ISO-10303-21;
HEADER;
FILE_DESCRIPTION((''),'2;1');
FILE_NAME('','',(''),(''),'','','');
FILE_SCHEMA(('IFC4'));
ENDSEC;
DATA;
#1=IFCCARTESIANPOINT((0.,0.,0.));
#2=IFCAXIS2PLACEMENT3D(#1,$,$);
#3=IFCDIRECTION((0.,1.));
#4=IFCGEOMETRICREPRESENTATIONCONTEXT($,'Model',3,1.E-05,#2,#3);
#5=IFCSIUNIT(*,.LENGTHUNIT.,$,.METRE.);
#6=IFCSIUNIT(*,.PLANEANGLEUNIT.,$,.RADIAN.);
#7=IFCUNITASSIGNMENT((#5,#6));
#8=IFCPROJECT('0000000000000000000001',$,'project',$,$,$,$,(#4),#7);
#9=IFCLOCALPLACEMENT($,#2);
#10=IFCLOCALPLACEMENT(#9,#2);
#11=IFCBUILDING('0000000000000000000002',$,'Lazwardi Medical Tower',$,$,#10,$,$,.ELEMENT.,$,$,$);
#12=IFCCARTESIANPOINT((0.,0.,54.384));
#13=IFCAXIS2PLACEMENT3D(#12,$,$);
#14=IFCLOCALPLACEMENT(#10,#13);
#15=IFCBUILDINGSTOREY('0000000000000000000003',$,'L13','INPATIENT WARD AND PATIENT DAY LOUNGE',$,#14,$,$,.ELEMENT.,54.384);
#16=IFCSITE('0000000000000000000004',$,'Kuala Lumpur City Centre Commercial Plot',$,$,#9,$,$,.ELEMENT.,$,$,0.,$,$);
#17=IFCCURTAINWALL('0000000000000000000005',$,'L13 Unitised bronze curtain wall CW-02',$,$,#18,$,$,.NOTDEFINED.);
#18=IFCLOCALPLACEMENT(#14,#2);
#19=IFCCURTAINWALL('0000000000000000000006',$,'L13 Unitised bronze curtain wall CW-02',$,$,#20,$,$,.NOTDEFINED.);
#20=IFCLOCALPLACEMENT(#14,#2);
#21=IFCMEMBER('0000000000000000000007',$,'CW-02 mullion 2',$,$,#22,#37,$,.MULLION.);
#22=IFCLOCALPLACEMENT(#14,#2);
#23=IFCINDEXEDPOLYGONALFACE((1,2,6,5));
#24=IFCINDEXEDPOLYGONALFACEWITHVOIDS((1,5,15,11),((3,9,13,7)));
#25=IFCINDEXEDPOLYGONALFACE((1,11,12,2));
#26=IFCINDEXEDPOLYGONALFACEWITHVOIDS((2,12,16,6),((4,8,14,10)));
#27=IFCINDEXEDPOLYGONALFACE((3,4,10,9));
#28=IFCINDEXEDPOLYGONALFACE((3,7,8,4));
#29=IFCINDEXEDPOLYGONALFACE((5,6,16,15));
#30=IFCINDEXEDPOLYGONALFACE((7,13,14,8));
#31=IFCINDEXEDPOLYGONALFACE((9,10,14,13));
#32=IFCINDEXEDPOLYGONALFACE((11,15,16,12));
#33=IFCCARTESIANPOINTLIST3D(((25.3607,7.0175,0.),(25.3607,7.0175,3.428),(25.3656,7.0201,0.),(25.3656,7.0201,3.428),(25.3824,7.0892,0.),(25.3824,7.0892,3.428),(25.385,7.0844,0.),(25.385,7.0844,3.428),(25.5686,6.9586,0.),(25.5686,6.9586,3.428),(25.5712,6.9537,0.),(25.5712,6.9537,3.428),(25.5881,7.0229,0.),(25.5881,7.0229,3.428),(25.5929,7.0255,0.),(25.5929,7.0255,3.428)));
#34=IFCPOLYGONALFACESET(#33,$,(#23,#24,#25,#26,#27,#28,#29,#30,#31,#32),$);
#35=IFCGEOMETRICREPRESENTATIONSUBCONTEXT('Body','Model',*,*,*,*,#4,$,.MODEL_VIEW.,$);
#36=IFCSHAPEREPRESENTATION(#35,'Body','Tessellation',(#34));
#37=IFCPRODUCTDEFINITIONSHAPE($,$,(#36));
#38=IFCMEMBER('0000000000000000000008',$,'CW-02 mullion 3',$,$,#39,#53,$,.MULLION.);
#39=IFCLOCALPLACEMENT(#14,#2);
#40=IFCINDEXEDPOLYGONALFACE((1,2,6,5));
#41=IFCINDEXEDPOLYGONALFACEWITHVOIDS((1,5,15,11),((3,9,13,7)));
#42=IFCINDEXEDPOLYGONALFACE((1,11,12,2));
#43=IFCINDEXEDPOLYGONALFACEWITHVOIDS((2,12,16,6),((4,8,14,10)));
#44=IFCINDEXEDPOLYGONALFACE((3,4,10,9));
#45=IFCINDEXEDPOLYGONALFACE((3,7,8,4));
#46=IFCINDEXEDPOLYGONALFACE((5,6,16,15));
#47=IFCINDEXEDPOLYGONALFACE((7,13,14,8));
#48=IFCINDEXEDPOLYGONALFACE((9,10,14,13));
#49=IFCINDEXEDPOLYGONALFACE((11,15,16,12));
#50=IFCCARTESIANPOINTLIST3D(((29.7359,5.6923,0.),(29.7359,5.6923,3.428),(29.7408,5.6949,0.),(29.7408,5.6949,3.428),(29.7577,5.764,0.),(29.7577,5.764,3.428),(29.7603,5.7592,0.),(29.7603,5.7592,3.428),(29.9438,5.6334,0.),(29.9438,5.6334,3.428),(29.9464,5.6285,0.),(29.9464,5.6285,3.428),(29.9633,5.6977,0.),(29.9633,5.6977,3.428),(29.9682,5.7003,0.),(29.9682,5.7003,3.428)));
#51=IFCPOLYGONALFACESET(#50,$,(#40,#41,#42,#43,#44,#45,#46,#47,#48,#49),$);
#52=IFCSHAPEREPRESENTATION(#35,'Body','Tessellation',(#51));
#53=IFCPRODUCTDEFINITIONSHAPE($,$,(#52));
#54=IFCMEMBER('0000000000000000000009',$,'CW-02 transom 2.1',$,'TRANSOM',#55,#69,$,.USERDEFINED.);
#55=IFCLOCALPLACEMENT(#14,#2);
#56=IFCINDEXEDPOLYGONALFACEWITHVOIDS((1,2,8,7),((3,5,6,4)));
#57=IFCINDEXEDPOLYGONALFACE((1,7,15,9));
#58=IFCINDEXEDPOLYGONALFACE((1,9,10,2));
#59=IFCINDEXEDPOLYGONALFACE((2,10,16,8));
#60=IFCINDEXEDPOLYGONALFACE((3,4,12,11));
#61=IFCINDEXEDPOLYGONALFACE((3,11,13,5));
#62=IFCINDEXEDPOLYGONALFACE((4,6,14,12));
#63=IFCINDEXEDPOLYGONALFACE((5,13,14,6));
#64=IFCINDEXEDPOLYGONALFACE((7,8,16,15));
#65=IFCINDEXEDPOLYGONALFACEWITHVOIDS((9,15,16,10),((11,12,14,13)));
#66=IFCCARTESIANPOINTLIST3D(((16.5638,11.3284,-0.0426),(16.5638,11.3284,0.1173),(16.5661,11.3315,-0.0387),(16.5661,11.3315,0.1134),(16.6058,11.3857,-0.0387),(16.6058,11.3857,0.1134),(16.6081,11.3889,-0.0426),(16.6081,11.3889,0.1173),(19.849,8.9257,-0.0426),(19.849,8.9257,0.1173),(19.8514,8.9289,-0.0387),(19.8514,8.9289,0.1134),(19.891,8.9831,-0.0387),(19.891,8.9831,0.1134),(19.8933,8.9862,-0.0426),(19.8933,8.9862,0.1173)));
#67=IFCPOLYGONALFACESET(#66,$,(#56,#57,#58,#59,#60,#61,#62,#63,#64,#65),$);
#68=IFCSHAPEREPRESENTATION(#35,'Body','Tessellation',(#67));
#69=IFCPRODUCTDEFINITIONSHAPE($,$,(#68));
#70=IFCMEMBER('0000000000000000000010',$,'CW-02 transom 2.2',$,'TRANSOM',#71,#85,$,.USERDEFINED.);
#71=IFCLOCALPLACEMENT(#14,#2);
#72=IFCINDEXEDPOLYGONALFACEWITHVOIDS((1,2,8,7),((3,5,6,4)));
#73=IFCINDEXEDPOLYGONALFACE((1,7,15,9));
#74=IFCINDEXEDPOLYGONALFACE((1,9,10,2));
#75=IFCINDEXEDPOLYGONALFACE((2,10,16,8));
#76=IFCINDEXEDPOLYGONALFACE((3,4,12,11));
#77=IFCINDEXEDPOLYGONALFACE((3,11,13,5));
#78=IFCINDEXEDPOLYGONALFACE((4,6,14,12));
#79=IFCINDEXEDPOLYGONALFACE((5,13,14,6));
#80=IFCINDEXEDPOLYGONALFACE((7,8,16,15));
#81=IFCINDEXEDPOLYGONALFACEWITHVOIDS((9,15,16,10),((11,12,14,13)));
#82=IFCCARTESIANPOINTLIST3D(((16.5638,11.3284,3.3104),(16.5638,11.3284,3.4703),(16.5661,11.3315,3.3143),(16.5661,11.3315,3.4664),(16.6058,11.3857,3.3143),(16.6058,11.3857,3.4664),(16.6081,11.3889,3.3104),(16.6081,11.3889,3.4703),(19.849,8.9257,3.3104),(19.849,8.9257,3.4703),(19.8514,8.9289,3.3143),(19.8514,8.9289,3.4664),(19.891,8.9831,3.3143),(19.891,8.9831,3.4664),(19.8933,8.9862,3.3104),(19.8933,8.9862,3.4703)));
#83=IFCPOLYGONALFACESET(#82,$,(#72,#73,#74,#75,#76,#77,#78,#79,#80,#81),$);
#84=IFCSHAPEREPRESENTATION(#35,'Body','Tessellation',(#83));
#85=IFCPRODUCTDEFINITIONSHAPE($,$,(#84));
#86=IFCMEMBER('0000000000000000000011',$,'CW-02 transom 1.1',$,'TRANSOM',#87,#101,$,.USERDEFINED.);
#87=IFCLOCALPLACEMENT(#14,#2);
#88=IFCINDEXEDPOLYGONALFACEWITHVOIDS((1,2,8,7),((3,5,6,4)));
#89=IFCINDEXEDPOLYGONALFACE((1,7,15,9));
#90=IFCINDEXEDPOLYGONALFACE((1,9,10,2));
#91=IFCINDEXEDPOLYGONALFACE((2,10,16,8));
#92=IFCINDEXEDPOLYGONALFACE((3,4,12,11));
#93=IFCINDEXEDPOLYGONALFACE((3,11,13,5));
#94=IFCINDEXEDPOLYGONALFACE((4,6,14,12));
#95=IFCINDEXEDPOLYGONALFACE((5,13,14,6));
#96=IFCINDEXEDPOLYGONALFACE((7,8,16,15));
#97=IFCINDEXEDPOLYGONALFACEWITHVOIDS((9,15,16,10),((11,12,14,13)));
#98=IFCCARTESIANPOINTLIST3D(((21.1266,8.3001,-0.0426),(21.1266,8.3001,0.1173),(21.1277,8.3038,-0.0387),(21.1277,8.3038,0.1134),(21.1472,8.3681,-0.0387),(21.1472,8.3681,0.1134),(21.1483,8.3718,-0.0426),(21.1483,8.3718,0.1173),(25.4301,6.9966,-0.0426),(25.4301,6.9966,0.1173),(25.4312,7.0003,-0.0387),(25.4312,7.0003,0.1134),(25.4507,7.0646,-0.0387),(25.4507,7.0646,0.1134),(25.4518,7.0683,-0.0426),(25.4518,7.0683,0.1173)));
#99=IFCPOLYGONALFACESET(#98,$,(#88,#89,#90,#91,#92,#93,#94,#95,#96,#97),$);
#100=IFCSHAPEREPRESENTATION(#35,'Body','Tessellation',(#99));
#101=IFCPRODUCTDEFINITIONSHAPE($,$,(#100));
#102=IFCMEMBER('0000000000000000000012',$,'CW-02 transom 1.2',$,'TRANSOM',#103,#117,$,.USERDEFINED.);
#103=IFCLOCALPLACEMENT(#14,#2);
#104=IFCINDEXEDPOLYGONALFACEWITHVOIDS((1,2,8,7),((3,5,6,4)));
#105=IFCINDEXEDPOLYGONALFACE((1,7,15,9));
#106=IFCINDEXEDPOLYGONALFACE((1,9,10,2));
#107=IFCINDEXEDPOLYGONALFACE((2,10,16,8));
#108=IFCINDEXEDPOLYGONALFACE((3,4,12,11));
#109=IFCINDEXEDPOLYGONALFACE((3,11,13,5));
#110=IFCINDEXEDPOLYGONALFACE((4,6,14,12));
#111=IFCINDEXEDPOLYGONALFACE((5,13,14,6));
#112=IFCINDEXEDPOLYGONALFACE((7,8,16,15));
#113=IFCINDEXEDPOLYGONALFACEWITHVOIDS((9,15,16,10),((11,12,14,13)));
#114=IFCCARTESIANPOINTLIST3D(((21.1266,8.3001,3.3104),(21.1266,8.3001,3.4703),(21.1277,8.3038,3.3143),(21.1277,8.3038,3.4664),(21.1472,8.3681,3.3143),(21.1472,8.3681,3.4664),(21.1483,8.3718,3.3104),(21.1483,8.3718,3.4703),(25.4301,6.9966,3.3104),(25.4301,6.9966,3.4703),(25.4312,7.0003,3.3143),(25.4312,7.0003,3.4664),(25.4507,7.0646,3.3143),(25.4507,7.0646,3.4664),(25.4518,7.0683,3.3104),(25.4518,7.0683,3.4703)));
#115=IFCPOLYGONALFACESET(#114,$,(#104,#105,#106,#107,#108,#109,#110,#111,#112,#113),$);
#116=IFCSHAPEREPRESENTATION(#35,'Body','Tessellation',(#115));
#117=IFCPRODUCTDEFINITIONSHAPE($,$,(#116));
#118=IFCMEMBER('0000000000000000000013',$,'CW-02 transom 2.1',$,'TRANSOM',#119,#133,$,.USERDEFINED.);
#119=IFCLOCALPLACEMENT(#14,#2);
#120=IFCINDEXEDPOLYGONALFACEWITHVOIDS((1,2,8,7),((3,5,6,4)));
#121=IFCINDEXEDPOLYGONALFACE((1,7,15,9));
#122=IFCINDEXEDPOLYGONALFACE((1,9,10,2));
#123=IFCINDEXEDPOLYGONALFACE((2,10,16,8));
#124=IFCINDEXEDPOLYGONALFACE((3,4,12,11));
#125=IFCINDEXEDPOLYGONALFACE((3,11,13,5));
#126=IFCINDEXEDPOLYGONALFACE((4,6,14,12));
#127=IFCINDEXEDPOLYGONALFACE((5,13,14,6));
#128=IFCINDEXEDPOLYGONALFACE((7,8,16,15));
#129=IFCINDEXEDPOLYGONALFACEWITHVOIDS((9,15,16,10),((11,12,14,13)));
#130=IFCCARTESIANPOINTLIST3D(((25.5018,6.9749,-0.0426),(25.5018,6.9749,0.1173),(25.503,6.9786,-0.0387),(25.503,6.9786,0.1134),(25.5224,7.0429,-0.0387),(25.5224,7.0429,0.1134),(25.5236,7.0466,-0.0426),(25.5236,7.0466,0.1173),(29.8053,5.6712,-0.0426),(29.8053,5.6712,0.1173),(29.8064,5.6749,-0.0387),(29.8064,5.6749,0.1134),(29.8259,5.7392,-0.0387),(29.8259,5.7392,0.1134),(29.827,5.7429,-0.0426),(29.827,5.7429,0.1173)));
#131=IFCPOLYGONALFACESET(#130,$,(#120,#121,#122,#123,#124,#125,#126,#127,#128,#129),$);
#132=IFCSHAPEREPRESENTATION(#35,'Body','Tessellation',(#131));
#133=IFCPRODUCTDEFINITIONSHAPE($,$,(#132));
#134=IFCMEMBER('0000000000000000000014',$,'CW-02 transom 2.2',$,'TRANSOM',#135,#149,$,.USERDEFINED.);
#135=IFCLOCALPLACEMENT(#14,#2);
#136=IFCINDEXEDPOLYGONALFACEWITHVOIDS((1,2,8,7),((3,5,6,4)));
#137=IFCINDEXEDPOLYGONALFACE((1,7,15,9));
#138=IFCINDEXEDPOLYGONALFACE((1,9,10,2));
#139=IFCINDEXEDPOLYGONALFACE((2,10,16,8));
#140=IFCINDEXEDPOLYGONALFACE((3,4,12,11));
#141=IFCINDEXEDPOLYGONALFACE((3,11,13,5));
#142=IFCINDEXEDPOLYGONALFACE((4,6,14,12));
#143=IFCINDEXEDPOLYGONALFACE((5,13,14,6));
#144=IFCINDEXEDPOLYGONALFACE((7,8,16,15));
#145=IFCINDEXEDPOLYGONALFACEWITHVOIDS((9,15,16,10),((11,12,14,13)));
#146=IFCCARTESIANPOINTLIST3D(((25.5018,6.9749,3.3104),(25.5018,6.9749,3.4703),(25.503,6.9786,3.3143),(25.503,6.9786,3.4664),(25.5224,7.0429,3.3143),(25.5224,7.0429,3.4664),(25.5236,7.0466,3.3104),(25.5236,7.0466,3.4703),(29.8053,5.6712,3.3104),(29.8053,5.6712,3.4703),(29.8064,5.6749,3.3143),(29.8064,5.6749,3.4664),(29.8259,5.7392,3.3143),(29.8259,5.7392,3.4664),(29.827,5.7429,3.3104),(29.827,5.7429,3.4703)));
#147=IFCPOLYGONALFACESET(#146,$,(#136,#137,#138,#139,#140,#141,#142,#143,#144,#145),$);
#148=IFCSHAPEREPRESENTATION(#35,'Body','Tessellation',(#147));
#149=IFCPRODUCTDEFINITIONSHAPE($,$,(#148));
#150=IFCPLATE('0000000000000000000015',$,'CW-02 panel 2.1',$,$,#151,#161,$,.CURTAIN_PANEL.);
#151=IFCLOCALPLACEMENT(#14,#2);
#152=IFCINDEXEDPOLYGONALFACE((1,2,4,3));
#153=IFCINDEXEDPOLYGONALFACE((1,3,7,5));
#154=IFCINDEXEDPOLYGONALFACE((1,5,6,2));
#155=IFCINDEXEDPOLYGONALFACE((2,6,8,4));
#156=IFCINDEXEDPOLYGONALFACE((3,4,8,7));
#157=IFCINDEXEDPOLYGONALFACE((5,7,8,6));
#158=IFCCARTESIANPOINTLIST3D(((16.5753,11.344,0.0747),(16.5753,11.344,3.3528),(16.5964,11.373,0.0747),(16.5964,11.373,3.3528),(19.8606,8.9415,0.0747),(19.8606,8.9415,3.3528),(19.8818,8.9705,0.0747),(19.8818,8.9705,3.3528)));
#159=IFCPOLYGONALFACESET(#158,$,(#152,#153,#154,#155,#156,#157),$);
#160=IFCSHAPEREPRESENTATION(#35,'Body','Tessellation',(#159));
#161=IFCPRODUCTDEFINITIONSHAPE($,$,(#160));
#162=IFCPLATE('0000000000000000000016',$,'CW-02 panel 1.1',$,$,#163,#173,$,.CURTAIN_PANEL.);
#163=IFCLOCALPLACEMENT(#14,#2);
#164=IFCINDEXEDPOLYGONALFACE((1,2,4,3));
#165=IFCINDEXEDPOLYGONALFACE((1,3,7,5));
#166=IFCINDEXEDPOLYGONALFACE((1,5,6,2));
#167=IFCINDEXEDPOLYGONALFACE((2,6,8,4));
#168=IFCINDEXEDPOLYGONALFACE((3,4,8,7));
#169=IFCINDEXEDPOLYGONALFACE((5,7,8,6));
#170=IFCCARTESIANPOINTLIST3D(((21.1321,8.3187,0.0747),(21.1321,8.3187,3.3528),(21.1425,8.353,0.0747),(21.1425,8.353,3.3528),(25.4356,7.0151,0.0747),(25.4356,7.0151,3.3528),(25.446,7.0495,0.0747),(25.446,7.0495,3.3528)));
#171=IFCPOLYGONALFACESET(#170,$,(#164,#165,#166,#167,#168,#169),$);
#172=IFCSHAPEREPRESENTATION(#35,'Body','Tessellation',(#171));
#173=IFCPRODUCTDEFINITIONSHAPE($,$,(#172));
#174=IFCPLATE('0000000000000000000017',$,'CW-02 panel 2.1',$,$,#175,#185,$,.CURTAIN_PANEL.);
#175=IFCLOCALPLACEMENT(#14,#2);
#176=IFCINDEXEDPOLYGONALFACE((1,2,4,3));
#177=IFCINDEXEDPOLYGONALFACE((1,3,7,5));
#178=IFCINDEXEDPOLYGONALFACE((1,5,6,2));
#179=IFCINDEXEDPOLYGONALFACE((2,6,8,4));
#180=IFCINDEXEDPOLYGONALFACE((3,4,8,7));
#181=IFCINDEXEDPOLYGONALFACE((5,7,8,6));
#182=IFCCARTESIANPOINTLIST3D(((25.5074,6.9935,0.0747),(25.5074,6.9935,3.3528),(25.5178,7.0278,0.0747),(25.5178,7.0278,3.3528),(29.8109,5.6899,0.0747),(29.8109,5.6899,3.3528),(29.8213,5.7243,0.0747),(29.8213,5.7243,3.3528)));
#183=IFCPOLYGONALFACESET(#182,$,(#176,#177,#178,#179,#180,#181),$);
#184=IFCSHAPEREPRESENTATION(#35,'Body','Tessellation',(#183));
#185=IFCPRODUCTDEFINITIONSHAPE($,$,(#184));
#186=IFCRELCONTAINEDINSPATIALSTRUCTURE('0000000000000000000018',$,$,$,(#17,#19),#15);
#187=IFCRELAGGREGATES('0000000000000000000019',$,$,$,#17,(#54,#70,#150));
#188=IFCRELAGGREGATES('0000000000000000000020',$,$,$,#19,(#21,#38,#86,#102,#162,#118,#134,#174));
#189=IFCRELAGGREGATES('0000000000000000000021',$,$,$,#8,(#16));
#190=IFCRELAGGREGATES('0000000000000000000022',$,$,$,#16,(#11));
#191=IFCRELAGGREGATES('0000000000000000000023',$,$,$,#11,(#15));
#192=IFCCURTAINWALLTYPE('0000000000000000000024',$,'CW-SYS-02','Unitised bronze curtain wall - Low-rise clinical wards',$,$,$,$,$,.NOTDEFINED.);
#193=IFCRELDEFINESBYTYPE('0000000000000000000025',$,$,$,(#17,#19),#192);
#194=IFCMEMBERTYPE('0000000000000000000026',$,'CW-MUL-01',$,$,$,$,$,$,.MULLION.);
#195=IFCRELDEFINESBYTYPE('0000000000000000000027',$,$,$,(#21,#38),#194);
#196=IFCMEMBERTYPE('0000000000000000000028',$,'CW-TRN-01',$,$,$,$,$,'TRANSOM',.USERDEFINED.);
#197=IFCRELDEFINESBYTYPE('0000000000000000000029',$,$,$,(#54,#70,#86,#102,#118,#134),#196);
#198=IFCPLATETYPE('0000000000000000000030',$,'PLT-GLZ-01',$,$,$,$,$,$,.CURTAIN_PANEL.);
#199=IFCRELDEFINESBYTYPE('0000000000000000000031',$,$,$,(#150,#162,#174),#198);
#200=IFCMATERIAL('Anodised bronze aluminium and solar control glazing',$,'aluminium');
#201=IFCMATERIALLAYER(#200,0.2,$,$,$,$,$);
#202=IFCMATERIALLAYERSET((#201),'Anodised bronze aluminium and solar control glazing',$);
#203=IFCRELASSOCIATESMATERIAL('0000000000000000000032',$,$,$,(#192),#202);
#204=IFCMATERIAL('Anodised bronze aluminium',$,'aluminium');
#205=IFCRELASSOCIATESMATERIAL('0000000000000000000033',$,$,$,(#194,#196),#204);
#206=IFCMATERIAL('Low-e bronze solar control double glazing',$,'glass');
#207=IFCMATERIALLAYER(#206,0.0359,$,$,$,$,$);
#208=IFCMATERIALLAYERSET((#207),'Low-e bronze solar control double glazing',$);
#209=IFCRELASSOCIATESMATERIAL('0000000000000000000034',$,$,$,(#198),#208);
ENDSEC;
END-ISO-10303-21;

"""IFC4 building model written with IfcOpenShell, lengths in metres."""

from ifc_helpers import new_model, si_unit, direction, frame, origin, origin_2d, place, context, subcontext, project, spatial, rectangle, hollow_rectangle, extrude, material, layer, layer_set, material_profile, profile_set, type_object, element, aggregate, save


model = new_model("IFC4")

# Units and contexts
model_context = context("Model", 3, precision=1e-05, world=origin(), true_north=direction((0.0, 1.0)))
body_context = subcontext(model_context, "Body", "Model", "MODEL_VIEW")
ifc_project = project(units=[si_unit("LENGTHUNIT", "METRE"), si_unit("PLANEANGLEUNIT", "RADIAN")], contexts=[model_context])

# Site, building, storey
site_placement = place(None, origin())
site = spatial("IfcSite", under=ifc_project, at=site_placement, Name="Kuala Lumpur City Centre Commercial Plot", CompositionType="ELEMENT", RefElevation=0.0)
building_placement = place(site_placement, origin())
building = spatial("IfcBuilding", under=site, at=building_placement, Name="Lazwardi Medical Tower", CompositionType="ELEMENT")
storey_placement = place(building_placement, frame((0.0, 0.0, 54.384)))
storey = spatial("IfcBuildingStorey", under=building, at=storey_placement, Name="L13", Description="INPATIENT WARD AND PATIENT DAY LOUNGE", CompositionType="ELEMENT", Elevation=54.384)

# Curtain wall
ifc_material_1 = material(Name="Anodised bronze aluminium and solar control glazing", Category="aluminium")
ifc_layer_1 = layer(ifc_material_1, 0.2)
ifc_layer_set_1 = layer_set([ifc_layer_1], Name="Anodised bronze aluminium and solar control glazing")
curtain_wall_type = type_object("IfcCurtainWallType", Name="CW-SYS-02", Description="Unitised bronze curtain wall - Low-rise clinical wards", PredefinedType="NOTDEFINED", material=ifc_layer_set_1)
curtain_wall_1_placement = place(storey_placement, origin())
curtain_wall_1 = element("IfcCurtainWall", 1, at=curtain_wall_1_placement, inside=storey, type_object=curtain_wall_type, Name="L13 Unitised bronze curtain wall CW-02", PredefinedType="NOTDEFINED")
ifc_material_2 = material(Name="Anodised bronze aluminium", Category="aluminium")
ifc_material_profile_1 = material_profile(ifc_material_2, hollow_rectangle(XDim=0.075, YDim=0.22, WallThickness=0.0039, at=origin_2d()), Name="ALU-MULLION 220x75x4")
ifc_profile_set_1 = profile_set([ifc_material_profile_1], Name="Anodised bronze aluminium")
member_type_1 = type_object("IfcMemberType", Name="CW-MUL-01", PredefinedType="MULLION", material=ifc_profile_set_1)

# Curtain wall, members
curtain_wall_2_placement = place(storey_placement, origin())
curtain_wall_2 = element("IfcCurtainWall", 2, at=curtain_wall_2_placement, inside=storey, type_object=curtain_wall_type, Name="L13 Unitised bronze curtain wall CW-02", PredefinedType="NOTDEFINED")
member_1_placement = place(storey_placement, frame((25.4768, 7.0215, 0.0), z_axis=(0.0, 0.0, 1.0), x_axis=(0.289896, 0.957058, 0.0)))
member_1 = element("IfcMember", 3, at=member_1_placement, type_object=member_type_1, Name="CW-02 mullion 2", PredefinedType="MULLION", context=body_context, shape_type="SweptSolid", body=[
    extrude(hollow_rectangle(XDim=0.075, YDim=0.22, WallThickness=0.0039, at=origin_2d()), origin(), (0.0, 0.0, 1.0), 3.428),
])
member_2_placement = place(storey_placement, frame((29.8521, 5.6963, 0.0), z_axis=(0.0, 0.0, 1.0), x_axis=(0.289896, 0.957058, 0.0)))
member_2 = element("IfcMember", 4, at=member_2_placement, type_object=member_type_1, Name="CW-02 mullion 3", PredefinedType="MULLION", context=body_context, shape_type="SweptSolid", body=[
    extrude(hollow_rectangle(XDim=0.075, YDim=0.22, WallThickness=0.0039, at=origin_2d()), origin(), (0.0, 0.0, 1.0), 3.428),
])

# Members
ifc_material_profile_2 = material_profile(ifc_material_2, hollow_rectangle(XDim=0.075, YDim=0.1599, WallThickness=0.0039, at=origin_2d()), Name="ALU-TRANSOM 160x75x4")
ifc_profile_set_2 = profile_set([ifc_material_profile_2], Name="Anodised bronze aluminium")
member_type_2 = type_object("IfcMemberType", Name="CW-TRN-01", ElementType="TRANSOM", PredefinedType="USERDEFINED", material=ifc_profile_set_2)
member_3_placement = place(storey_placement, frame((16.5859, 11.3586, 0.0374), z_axis=(0.807169, -0.59032, 0.0), x_axis=(0.59032, 0.807169, 0.0)))
member_3 = element("IfcMember", 5, at=member_3_placement, type_object=member_type_2, Name="CW-02 transom 2.1", ObjectType="TRANSOM", PredefinedType="USERDEFINED", context=body_context, shape_type="SweptSolid", body=[
    extrude(hollow_rectangle(XDim=0.075, YDim=0.1599, WallThickness=0.0039, at=origin_2d()), origin(), (0.0, 0.0, 1.0), 4.0701),
])
member_4_placement = place(storey_placement, frame((16.5859, 11.3586, 3.3904), z_axis=(0.807169, -0.59032, 0.0), x_axis=(0.59032, 0.807169, 0.0)))
member_4 = element("IfcMember", 6, at=member_4_placement, type_object=member_type_2, Name="CW-02 transom 2.2", ObjectType="TRANSOM", PredefinedType="USERDEFINED", context=body_context, shape_type="SweptSolid", body=[
    extrude(hollow_rectangle(XDim=0.075, YDim=0.1599, WallThickness=0.0039, at=origin_2d()), origin(), (0.0, 0.0, 1.0), 4.0701),
])
member_5_placement = place(storey_placement, frame((21.1375, 8.3359, 0.0374), z_axis=(0.957062, -0.289882, 0.0), x_axis=(0.289882, 0.957062, 0.0)))
member_5 = element("IfcMember", 7, at=member_5_placement, type_object=member_type_2, Name="CW-02 transom 1.1", ObjectType="TRANSOM", PredefinedType="USERDEFINED", context=body_context, shape_type="SweptSolid", body=[
    extrude(hollow_rectangle(XDim=0.075, YDim=0.1599, WallThickness=0.0039, at=origin_2d()), origin(), (0.0, 0.0, 1.0), 4.4966),
])
member_6_placement = place(storey_placement, frame((21.1375, 8.3359, 3.3904), z_axis=(0.957062, -0.289882, 0.0), x_axis=(0.289882, 0.957062, 0.0)))
member_6 = element("IfcMember", 8, at=member_6_placement, type_object=member_type_2, Name="CW-02 transom 1.2", ObjectType="TRANSOM", PredefinedType="USERDEFINED", context=body_context, shape_type="SweptSolid", body=[
    extrude(hollow_rectangle(XDim=0.075, YDim=0.1599, WallThickness=0.0039, at=origin_2d()), origin(), (0.0, 0.0, 1.0), 4.4966),
])
member_7_placement = place(storey_placement, frame((25.5127, 7.0107, 0.0374), z_axis=(0.957047, -0.289932, 0.0), x_axis=(0.289932, 0.957047, 0.0)))
member_7 = element("IfcMember", 9, at=member_7_placement, type_object=member_type_2, Name="CW-02 transom 2.1", ObjectType="TRANSOM", PredefinedType="USERDEFINED", context=body_context, shape_type="SweptSolid", body=[
    extrude(hollow_rectangle(XDim=0.075, YDim=0.1599, WallThickness=0.0039, at=origin_2d()), origin(), (0.0, 0.0, 1.0), 4.4966),
])
member_8_placement = place(storey_placement, frame((25.5127, 7.0107, 3.3904), z_axis=(0.957047, -0.289932, 0.0), x_axis=(0.289932, 0.957047, 0.0)))
member_8 = element("IfcMember", 10, at=member_8_placement, type_object=member_type_2, Name="CW-02 transom 2.2", ObjectType="TRANSOM", PredefinedType="USERDEFINED", context=body_context, shape_type="SweptSolid", body=[
    extrude(hollow_rectangle(XDim=0.075, YDim=0.1599, WallThickness=0.0039, at=origin_2d()), origin(), (0.0, 0.0, 1.0), 4.4966),
])

# Plates
ifc_material_3 = material(Name="Low-e bronze solar control double glazing", Category="glass")
ifc_layer_2 = layer(ifc_material_3, 0.0359)
ifc_layer_set_2 = layer_set([ifc_layer_2], Name="Low-e bronze solar control double glazing")
plate_type = type_object("IfcPlateType", Name="PLT-GLZ-01", PredefinedType="CURTAIN_PANEL", material=ifc_layer_set_2)
plate_1_placement = place(storey_placement, frame((18.2285, 10.1572, 0.0747), z_axis=(0.0, 0.0, 1.0), x_axis=(0.807192, -0.590289, 0.0)))
plate_1 = element("IfcPlate", 11, at=plate_1_placement, type_object=plate_type, Name="CW-02 panel 2.1", PredefinedType="CURTAIN_PANEL", context=body_context, shape_type="SweptSolid", body=[
    extrude(rectangle(XDim=4.0701, YDim=0.0359, at=origin_2d()), origin(), (0.0, 0.0, 1.0), 3.2781),
])
aggregate(curtain_wall_1, [member_3, member_4, plate_1])
plate_2_placement = place(storey_placement, frame((23.2891, 7.6841, 0.0747), z_axis=(0.0, 0.0, 1.0), x_axis=(0.957058, -0.289896, 0.0)))
plate_2 = element("IfcPlate", 12, at=plate_2_placement, type_object=plate_type, Name="CW-02 panel 1.1", PredefinedType="CURTAIN_PANEL", context=body_context, shape_type="SweptSolid", body=[
    extrude(rectangle(XDim=4.4966, YDim=0.0359, at=origin_2d()), origin(), (0.0, 0.0, 1.0), 3.2781),
])
plate_3_placement = place(storey_placement, frame((27.6643, 6.3589, 0.0747), z_axis=(0.0, 0.0, 1.0), x_axis=(0.957058, -0.289896, 0.0)))
plate_3 = element("IfcPlate", 13, at=plate_3_placement, type_object=plate_type, Name="CW-02 panel 2.1", PredefinedType="CURTAIN_PANEL", context=body_context, shape_type="SweptSolid", body=[
    extrude(rectangle(XDim=4.4966, YDim=0.0359, at=origin_2d()), origin(), (0.0, 0.0, 1.0), 3.2781),
])
aggregate(curtain_wall_2, [member_1, member_2, member_5, member_6, plate_2, member_7, member_8, plate_3])

save(model, "model.ifc")
